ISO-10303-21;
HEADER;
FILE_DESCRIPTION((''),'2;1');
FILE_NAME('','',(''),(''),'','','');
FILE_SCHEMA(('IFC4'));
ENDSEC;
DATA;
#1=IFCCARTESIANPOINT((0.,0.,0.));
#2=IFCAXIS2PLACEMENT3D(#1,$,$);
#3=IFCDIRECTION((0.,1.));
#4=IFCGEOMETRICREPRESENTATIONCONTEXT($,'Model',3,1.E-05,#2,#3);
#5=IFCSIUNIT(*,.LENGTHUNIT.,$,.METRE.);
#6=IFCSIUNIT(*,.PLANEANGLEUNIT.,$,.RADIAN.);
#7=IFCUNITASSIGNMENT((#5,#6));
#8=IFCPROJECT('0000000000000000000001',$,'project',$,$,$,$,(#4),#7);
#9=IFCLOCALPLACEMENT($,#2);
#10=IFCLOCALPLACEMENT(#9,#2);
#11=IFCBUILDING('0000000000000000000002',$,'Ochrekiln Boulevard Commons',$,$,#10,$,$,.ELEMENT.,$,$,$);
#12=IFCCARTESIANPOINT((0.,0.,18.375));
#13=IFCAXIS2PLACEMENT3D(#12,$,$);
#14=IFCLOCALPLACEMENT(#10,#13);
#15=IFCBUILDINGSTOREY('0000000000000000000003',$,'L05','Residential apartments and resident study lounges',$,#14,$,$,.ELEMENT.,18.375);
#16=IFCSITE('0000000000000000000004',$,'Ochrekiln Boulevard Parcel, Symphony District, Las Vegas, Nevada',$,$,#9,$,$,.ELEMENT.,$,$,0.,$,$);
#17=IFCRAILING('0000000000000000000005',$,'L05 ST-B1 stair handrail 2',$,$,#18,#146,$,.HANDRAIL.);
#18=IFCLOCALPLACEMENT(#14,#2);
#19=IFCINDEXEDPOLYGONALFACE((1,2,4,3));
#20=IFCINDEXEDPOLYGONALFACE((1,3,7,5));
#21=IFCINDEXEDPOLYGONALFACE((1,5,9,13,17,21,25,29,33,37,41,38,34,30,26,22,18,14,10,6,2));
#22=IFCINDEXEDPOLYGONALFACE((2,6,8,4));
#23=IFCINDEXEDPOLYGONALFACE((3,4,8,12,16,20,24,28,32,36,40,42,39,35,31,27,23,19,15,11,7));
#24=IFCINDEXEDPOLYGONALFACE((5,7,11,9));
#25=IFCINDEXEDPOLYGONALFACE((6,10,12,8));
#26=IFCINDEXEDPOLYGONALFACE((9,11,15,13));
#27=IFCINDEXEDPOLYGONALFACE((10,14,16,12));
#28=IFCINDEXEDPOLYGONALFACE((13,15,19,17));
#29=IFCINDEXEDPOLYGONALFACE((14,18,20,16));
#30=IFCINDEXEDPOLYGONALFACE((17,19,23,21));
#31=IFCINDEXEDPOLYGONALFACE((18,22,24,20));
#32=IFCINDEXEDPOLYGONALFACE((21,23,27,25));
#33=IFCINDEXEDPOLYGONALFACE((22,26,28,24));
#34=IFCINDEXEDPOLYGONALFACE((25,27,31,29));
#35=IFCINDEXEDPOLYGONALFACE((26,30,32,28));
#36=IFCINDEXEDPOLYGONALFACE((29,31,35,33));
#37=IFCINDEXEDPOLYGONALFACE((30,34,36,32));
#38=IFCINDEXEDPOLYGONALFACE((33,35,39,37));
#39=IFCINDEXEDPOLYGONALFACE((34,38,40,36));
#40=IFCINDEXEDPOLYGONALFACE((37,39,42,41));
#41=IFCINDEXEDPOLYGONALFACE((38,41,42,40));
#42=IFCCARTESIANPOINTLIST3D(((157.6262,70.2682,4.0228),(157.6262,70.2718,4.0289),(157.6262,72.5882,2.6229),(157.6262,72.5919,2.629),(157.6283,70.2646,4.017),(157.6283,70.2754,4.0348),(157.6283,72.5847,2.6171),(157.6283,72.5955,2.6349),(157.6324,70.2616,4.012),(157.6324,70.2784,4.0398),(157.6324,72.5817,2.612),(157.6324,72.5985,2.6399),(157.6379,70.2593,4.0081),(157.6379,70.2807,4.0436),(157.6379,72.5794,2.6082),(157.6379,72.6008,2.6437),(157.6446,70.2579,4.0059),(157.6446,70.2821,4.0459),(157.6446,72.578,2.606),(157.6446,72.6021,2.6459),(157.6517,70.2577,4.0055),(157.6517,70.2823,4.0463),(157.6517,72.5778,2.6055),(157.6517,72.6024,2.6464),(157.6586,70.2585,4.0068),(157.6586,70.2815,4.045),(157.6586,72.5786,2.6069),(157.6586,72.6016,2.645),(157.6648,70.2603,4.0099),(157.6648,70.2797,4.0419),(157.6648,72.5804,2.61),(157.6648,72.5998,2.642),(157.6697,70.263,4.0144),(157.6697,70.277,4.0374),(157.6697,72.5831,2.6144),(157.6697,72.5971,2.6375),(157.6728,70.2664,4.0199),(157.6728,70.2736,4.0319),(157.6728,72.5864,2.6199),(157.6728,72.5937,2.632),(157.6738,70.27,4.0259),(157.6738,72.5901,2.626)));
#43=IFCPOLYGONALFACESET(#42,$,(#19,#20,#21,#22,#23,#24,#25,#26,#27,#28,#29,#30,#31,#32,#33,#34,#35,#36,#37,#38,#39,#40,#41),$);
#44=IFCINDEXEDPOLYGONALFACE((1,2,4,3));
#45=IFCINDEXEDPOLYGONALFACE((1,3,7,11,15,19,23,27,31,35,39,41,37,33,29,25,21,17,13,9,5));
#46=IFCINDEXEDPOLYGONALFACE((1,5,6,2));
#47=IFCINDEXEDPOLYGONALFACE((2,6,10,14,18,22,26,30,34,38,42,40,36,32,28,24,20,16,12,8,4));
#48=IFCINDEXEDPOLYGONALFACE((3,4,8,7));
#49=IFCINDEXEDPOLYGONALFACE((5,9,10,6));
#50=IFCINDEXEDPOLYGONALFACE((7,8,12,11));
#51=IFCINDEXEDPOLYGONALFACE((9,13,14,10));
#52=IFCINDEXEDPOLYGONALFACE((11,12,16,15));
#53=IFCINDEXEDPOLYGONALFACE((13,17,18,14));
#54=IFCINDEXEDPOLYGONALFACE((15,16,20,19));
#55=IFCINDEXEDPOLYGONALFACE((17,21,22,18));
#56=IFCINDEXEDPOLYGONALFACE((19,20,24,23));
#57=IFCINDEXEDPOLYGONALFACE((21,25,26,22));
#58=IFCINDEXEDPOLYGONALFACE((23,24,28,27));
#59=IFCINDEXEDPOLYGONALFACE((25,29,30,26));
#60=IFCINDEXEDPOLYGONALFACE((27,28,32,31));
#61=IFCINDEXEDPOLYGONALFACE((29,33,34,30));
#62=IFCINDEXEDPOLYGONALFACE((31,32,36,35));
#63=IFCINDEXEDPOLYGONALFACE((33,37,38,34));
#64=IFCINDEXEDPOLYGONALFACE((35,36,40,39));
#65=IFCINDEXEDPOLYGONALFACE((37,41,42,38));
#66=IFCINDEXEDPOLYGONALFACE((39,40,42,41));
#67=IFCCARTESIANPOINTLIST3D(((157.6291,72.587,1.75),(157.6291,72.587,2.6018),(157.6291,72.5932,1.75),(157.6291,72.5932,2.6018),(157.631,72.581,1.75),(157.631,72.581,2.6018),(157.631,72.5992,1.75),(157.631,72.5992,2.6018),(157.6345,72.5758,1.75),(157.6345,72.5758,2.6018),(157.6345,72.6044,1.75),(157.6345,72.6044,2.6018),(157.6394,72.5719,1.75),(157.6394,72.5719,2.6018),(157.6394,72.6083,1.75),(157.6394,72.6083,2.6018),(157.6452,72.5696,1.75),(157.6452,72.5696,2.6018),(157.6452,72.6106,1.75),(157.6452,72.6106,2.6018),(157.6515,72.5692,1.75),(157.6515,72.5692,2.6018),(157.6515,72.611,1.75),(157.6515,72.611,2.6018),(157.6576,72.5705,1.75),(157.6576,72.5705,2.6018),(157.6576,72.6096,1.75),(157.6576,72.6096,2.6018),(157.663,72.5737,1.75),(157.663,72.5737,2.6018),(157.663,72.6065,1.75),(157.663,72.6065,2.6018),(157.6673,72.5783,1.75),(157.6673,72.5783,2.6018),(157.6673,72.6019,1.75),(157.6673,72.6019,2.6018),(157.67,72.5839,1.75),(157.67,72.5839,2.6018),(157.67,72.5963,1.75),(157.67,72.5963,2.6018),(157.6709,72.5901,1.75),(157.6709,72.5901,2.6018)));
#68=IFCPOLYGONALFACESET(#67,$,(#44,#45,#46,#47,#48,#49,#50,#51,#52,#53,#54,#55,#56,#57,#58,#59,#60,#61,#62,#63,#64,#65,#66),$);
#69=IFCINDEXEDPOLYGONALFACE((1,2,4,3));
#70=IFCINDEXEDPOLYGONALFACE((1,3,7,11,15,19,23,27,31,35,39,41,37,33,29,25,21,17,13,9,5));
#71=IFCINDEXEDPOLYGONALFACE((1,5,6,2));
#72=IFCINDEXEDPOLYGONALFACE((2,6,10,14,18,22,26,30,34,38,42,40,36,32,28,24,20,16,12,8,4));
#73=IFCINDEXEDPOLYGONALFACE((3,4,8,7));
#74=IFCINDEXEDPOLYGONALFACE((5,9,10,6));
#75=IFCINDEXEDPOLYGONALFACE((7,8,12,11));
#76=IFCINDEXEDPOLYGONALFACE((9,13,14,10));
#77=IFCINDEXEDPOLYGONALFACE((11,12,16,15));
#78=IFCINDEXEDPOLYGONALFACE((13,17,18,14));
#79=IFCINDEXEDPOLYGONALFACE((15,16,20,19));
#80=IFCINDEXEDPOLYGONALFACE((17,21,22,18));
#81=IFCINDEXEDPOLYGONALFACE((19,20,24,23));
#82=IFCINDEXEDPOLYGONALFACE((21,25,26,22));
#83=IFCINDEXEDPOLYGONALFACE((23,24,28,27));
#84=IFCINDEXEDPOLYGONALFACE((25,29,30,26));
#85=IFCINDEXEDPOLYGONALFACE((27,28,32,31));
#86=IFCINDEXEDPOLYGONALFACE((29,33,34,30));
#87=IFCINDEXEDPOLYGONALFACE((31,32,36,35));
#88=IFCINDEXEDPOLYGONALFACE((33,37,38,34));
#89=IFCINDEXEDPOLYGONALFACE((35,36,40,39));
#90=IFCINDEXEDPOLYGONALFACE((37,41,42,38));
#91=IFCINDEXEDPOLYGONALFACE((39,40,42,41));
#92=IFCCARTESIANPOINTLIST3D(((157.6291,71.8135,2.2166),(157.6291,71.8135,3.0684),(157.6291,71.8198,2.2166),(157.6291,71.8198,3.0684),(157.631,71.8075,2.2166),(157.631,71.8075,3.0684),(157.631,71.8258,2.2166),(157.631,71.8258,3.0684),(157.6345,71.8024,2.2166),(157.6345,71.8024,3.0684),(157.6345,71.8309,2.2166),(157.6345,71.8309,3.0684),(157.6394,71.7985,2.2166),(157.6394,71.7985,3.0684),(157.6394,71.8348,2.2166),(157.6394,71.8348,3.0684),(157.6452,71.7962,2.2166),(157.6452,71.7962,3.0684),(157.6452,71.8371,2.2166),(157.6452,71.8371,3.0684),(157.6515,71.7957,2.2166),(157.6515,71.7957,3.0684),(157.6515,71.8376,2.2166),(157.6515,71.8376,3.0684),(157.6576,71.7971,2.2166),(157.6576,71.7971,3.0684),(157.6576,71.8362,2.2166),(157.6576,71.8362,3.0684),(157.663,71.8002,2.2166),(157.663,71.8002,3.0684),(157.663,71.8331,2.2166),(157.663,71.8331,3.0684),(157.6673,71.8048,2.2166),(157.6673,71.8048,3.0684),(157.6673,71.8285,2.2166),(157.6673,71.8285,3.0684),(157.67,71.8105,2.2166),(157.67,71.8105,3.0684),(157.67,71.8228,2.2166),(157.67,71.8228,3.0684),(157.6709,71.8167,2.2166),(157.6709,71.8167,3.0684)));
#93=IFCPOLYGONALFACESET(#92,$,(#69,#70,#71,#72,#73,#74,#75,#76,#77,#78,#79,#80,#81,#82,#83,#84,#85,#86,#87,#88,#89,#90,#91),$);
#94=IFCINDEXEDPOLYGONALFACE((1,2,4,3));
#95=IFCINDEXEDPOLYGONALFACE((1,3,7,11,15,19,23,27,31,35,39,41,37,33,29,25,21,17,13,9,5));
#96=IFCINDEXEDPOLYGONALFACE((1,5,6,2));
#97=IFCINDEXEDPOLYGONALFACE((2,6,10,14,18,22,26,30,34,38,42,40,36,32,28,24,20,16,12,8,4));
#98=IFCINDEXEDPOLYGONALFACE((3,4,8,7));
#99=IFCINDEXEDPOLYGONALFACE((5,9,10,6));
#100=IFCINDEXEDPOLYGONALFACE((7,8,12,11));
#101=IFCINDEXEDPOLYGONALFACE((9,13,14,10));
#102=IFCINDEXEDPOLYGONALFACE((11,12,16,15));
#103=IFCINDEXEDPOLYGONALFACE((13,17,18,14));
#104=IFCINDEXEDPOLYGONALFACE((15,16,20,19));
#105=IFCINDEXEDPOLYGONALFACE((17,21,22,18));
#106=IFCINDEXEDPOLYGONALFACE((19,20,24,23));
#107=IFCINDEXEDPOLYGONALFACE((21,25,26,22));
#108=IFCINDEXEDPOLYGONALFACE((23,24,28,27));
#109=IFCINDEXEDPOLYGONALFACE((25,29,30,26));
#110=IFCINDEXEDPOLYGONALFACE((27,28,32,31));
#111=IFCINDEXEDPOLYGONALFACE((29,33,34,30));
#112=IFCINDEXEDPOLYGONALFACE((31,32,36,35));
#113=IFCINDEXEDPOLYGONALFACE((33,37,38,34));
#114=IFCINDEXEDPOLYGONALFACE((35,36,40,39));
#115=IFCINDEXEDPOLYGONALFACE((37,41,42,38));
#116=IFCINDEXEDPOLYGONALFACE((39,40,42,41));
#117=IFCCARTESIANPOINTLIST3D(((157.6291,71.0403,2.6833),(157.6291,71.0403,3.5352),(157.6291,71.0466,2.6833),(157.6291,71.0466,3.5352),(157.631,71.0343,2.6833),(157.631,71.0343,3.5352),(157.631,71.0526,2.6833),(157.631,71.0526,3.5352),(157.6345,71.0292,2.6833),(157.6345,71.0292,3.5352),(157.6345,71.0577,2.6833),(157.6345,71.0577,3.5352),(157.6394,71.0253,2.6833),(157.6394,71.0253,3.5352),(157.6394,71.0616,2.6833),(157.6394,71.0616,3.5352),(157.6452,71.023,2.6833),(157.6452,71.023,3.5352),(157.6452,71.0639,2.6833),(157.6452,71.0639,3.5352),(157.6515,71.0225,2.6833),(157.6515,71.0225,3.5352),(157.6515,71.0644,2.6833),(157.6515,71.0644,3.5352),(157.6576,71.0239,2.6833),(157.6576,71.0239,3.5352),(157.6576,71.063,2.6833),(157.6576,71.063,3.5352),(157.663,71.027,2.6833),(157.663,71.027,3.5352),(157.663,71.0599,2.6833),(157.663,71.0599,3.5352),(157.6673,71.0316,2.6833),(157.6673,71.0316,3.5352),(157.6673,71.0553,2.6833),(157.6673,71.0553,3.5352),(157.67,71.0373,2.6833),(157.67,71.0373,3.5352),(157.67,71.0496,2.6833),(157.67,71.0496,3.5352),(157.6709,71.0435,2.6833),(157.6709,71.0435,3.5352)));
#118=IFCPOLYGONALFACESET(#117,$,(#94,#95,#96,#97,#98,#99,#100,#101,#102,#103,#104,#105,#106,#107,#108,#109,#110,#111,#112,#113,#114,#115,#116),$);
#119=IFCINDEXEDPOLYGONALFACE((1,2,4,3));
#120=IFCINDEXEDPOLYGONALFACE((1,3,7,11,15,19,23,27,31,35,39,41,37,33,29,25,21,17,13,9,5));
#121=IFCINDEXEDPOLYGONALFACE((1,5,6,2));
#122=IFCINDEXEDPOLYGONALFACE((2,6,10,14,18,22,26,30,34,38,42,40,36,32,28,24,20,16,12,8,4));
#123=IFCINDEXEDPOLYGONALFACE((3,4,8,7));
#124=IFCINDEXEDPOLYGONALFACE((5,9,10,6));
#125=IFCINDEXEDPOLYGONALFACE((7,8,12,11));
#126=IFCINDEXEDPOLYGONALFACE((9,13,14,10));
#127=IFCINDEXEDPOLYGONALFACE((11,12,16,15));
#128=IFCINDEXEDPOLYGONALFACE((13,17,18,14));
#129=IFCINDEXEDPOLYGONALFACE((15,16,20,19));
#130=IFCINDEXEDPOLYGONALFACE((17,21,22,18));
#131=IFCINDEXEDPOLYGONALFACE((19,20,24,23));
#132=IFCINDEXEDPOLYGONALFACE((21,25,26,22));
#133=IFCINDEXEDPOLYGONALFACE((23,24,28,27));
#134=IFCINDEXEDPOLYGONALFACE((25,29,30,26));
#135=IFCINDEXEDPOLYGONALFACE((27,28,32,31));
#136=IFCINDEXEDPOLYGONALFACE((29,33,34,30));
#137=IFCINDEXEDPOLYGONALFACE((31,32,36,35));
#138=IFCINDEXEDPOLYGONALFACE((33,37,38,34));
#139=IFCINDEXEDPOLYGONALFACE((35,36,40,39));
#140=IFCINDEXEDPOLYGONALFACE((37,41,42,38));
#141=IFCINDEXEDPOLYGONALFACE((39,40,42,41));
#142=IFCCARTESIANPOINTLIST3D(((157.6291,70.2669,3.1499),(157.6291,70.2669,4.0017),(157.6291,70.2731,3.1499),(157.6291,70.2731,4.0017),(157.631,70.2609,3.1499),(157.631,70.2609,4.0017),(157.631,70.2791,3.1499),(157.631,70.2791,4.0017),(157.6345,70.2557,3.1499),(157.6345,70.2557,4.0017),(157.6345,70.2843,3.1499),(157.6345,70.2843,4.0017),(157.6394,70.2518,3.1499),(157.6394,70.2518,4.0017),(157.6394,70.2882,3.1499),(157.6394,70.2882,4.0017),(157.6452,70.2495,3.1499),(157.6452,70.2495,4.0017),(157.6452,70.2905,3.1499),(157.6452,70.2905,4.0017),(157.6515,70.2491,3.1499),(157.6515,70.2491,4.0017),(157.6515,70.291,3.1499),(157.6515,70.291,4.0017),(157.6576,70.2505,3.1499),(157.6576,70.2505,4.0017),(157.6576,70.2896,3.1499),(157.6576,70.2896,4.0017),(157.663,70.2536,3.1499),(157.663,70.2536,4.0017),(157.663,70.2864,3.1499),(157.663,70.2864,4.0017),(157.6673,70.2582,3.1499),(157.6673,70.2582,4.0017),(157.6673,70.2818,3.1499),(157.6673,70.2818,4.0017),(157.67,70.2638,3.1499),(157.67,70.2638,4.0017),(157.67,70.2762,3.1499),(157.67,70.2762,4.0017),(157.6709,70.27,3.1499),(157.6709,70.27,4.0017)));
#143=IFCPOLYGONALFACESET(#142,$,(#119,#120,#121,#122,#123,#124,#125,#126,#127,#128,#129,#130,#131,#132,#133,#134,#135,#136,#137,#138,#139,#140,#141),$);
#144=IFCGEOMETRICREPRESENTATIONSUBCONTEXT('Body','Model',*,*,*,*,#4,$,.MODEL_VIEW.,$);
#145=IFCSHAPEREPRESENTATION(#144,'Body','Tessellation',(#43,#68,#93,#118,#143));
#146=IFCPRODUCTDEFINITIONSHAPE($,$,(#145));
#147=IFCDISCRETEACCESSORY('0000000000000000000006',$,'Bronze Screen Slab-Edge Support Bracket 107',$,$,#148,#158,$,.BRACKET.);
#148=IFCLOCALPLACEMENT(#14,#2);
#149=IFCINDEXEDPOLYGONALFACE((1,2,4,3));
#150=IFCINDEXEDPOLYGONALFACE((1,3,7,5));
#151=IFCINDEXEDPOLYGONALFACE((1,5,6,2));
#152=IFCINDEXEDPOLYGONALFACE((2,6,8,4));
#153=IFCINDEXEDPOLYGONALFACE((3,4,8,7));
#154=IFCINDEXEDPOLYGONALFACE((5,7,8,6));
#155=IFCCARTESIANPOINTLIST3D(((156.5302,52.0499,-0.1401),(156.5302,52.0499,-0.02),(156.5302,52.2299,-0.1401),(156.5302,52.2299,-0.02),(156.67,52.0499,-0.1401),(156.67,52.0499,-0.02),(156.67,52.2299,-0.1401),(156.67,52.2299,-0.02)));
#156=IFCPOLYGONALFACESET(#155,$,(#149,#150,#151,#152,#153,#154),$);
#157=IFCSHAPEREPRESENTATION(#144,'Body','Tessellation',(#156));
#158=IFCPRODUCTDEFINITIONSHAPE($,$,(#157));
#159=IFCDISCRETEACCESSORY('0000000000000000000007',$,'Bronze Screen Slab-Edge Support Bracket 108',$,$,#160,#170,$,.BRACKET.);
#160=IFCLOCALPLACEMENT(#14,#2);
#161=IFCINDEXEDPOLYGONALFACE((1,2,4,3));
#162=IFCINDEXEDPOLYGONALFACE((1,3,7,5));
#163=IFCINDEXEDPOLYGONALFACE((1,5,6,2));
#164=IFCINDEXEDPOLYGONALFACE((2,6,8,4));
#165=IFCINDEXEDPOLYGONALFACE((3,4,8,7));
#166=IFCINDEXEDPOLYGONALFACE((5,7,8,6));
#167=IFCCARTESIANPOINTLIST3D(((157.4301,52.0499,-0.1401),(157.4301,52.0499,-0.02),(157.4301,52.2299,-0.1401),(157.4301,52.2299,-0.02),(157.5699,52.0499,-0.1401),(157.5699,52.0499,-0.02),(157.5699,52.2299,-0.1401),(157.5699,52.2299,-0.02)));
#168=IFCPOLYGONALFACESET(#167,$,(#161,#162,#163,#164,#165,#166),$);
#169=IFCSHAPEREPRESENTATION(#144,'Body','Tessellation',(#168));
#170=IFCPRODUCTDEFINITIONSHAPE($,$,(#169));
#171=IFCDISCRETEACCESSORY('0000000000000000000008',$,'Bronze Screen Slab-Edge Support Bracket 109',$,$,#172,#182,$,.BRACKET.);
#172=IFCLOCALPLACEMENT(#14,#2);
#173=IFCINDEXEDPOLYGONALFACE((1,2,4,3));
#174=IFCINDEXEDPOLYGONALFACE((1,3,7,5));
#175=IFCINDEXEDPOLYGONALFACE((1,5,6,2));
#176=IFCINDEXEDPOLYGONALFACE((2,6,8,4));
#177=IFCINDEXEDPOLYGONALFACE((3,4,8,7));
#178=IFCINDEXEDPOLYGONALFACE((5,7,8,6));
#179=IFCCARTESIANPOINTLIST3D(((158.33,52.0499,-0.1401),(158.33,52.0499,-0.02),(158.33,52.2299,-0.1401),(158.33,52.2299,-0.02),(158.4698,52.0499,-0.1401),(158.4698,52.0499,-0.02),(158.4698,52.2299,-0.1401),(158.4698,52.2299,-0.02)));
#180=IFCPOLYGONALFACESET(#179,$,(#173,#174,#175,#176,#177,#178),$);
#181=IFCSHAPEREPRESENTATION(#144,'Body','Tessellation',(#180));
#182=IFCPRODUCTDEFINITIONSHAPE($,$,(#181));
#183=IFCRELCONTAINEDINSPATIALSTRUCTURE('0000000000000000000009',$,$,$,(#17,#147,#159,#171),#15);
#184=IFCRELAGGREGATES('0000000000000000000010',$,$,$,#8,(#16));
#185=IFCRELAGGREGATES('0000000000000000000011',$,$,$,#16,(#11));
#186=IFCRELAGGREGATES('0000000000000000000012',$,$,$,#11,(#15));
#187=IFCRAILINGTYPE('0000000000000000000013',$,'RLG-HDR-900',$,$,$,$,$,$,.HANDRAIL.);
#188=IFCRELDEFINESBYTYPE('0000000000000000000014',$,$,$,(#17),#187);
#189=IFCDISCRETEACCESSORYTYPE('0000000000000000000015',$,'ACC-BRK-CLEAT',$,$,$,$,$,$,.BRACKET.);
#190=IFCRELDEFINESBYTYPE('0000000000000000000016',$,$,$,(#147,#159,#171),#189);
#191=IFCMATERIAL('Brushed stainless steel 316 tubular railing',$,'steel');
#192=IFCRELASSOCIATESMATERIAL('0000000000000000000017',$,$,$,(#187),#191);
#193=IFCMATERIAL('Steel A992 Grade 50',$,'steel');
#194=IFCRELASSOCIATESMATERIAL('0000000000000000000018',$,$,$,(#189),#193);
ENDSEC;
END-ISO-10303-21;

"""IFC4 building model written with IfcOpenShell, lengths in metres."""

from ifc_helpers import new_model, si_unit, direction, frame, origin, origin_2d, place, context, subcontext, project, spatial, rectangle, circle, extrude, material, type_object, element, save


model = new_model("IFC4")

# Units and contexts
model_context = context("Model", 3, precision=1e-05, world=origin(), true_north=direction((0.0, 1.0)))
body_context = subcontext(model_context, "Body", "Model", "MODEL_VIEW")
ifc_project = project(units=[si_unit("LENGTHUNIT", "METRE"), si_unit("PLANEANGLEUNIT", "RADIAN")], contexts=[model_context])

# Site, building, storey
site_placement = place(None, origin())
site = spatial("IfcSite", under=ifc_project, at=site_placement, Name="Ochrekiln Boulevard Parcel, Symphony District, Las Vegas, Nevada", CompositionType="ELEMENT", RefElevation=0.0)
building_placement = place(site_placement, origin())
building = spatial("IfcBuilding", under=site, at=building_placement, Name="Ochrekiln Boulevard Commons", CompositionType="ELEMENT")
storey_placement = place(building_placement, frame((0.0, 0.0, 18.375)))
storey = spatial("IfcBuildingStorey", under=building, at=storey_placement, Name="L05", Description="Residential apartments and resident study lounges", CompositionType="ELEMENT", Elevation=18.375)

# Railing
ifc_material_1 = material(Name="Brushed stainless steel 316 tubular railing", Category="steel")
railing_type = type_object("IfcRailingType", Name="RLG-HDR-900", PredefinedType="HANDRAIL", material=ifc_material_1)
railing_placement = place(storey_placement, frame((157.6499, 72.5901, 1.75)))
element("IfcRailing", 1, at=railing_placement, inside=storey, type_object=railing_type, Name="L05 ST-B1 stair handrail 2", PredefinedType="HANDRAIL", context=body_context, shape_type="SweptSolid", body=[
    extrude(circle(Radius=0.0239, at=origin_2d()), frame((0.0, 0.0, 0.876), z_axis=(0.0, -0.85621, 0.516627), x_axis=(1.0, 0.0, 0.0)), (0.0, 0.0, 1.0), 2.7097),
    extrude(circle(Radius=0.021, at=origin_2d()), origin(), (0.0, 0.0, 1.0), 0.8518),
    extrude(circle(Radius=0.021, at=origin_2d()), frame((0.0, -0.7734, 0.4666)), (0.0, 0.0, 1.0), 0.8518),
    extrude(circle(Radius=0.021, at=origin_2d()), frame((0.0, -1.5466, 0.9333)), (0.0, 0.0, 1.0), 0.8518),
    extrude(circle(Radius=0.021, at=origin_2d()), frame((0.0, -2.3201, 1.3999)), (0.0, 0.0, 1.0), 0.8518),
])

# Discrete accessories
ifc_material_2 = material(Name="Steel A992 Grade 50", Category="steel")
discrete_accessory_type = type_object("IfcDiscreteAccessoryType", Name="ACC-BRK-CLEAT", PredefinedType="BRACKET", material=ifc_material_2)
for number, where, z_axis, x_axis, name in (
    (2, (156.6001, 52.1399, -0.1401), (0.0, 0.0, 1.0), (1.0, 0.0, 0.0), "Bronze Screen Slab-Edge Support Bracket 107"),
    (3, (157.5, 52.1399, -0.1401), (0.0, 0.0, 1.0), (1.0, 0.0, 0.0), "Bronze Screen Slab-Edge Support Bracket 108"),
    (4, (158.3999, 52.1399, -0.1401), (0.0, 0.0, 1.0), (1.0, 0.0, 0.0), "Bronze Screen Slab-Edge Support Bracket 109"),
):
    element("IfcDiscreteAccessory", number, at=place(storey_placement, frame(where, z_axis=z_axis, x_axis=x_axis)), inside=storey, type_object=discrete_accessory_type, Name=name, PredefinedType="BRACKET", context=body_context, shape_type="SweptSolid", body=[
        extrude(rectangle(XDim=0.1399, YDim=0.1799, at=origin_2d()), origin(), (0.0, 0.0, 1.0), 0.1201),
    ])

save(model, "model.ifc")
